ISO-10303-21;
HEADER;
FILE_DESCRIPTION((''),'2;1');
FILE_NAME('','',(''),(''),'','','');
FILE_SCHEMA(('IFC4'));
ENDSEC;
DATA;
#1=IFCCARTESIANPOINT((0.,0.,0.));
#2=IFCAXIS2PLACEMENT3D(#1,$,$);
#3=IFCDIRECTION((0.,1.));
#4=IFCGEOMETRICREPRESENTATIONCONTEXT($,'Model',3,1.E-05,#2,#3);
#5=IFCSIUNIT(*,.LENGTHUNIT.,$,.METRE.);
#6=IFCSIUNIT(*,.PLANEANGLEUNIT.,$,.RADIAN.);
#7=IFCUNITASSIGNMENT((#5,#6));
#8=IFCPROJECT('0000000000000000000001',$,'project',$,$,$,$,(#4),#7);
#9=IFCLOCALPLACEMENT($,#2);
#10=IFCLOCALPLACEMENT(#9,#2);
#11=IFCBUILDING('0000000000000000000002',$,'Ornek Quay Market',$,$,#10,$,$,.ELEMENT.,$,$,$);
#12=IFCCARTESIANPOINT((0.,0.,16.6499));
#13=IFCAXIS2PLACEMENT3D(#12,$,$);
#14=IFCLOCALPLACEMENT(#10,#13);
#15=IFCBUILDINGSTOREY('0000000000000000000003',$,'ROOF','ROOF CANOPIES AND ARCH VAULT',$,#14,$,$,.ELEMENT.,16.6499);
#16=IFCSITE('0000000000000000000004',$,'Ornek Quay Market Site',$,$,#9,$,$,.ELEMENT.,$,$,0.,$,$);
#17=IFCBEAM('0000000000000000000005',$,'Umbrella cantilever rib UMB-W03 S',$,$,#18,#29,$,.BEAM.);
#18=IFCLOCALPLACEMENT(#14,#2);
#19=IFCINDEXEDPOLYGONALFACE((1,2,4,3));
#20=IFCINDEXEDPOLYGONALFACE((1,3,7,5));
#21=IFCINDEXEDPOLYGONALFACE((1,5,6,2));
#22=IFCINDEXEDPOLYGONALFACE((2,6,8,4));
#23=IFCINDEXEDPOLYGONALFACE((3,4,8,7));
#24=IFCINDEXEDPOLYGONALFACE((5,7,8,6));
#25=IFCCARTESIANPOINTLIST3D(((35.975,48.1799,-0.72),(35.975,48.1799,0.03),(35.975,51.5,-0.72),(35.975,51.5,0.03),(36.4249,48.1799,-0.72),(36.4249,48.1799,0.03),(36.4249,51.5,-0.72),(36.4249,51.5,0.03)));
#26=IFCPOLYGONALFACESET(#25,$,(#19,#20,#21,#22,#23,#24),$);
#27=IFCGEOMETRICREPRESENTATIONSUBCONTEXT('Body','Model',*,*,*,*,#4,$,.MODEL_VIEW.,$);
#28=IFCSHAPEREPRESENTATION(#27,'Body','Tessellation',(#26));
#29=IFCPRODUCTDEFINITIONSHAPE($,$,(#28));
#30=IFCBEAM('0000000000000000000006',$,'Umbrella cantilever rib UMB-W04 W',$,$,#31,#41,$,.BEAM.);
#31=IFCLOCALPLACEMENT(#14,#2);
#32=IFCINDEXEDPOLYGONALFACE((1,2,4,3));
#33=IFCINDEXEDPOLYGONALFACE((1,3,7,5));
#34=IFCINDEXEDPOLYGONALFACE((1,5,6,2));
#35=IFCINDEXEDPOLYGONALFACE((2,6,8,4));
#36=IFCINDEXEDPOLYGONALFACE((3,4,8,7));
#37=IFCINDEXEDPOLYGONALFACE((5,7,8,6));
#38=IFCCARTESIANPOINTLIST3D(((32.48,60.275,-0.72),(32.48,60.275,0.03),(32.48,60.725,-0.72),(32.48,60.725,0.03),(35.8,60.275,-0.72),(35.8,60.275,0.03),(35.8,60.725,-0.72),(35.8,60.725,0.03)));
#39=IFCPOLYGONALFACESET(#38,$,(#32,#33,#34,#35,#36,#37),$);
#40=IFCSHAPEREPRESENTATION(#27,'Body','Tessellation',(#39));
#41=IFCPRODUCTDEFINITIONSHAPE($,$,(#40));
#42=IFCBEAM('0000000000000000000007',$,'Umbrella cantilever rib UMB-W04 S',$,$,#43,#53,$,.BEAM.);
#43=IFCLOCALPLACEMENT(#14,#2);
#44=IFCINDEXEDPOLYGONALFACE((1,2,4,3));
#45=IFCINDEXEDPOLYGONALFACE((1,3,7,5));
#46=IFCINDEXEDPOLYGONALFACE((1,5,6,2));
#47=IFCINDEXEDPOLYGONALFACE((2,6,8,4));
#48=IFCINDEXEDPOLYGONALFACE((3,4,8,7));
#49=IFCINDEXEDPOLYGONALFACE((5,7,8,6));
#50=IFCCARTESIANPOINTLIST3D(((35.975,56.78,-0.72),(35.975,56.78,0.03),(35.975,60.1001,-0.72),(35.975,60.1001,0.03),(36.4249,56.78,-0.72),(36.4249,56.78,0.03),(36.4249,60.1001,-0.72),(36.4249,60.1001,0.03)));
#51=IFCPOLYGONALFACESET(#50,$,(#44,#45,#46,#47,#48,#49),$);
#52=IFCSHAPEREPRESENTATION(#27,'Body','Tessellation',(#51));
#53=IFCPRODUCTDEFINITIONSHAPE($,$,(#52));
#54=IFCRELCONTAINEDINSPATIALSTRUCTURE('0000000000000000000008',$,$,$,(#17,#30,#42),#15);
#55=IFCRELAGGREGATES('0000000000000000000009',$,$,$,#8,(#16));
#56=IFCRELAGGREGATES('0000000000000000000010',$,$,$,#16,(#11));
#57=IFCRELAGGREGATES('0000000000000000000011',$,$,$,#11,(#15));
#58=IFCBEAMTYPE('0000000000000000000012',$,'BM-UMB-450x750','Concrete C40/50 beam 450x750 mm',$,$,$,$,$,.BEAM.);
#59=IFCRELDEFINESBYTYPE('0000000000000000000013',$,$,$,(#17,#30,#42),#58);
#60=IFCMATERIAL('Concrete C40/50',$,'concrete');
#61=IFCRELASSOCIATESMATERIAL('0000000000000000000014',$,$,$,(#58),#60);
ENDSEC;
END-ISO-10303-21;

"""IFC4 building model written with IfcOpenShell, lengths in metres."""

from ifc_helpers import new_model, si_unit, direction, frame, origin, origin_2d, place, context, subcontext, project, spatial, rectangle, extrude, material, material_profile, profile_set, type_object, element, save


model = new_model("IFC4")

# Units and contexts
model_context = context("Model", 3, precision=1e-05, world=origin(), true_north=direction((0.0, 1.0)))
body_context = subcontext(model_context, "Body", "Model", "MODEL_VIEW")
ifc_project = project(units=[si_unit("LENGTHUNIT", "METRE"), si_unit("PLANEANGLEUNIT", "RADIAN")], contexts=[model_context])

# Site, building, storey
site_placement = place(None, origin())
site = spatial("IfcSite", under=ifc_project, at=site_placement, Name="Ornek Quay Market Site", CompositionType="ELEMENT", RefElevation=0.0)
building_placement = place(site_placement, origin())
building = spatial("IfcBuilding", under=site, at=building_placement, Name="Ornek Quay Market", CompositionType="ELEMENT")
storey_placement = place(building_placement, frame((0.0, 0.0, 16.6499)))
storey = spatial("IfcBuildingStorey", under=building, at=storey_placement, Name="ROOF", Description="ROOF CANOPIES AND ARCH VAULT", CompositionType="ELEMENT", Elevation=16.6499)

# Beams
ifc_material = material(Name="Concrete C40/50", Category="concrete")
ifc_material_profile_1 = material_profile(ifc_material, rectangle(XDim=0.45, YDim=0.75, at=origin_2d()), Name="RC 450x750", Category="concrete")
ifc_profile_set_1 = profile_set([ifc_material_profile_1], Name="Concrete C40/50")
beam_type_1 = type_object("IfcBeamType", Name="BM-UMB-450x750", Description="Concrete C40/50 beam 450x750 mm", PredefinedType="BEAM", material=ifc_profile_set_1)
for number, where, z_axis, x_axis, name in (
    (1, (36.2, 51.5, -0.345), (0.0, -1.0, 0.0), (1.0, 0.0, 0.0), "Umbrella cantilever rib UMB-W03 S"),
    (2, (35.8, 60.5, -0.345), (-1.0, 0.0, 0.0), (0.0, -1.0, 0.0), "Umbrella cantilever rib UMB-W04 W"),
    (3, (36.2, 60.1001, -0.345), (0.0, -1.0, 0.0), (1.0, 0.0, 0.0), "Umbrella cantilever rib UMB-W04 S"),
):
    element("IfcBeam", number, at=place(storey_placement, frame(where, z_axis=z_axis, x_axis=x_axis)), inside=storey, type_object=beam_type_1, Name=name, PredefinedType="BEAM", context=body_context, shape_type="SweptSolid", body=[
        extrude(rectangle(XDim=0.45, YDim=0.75, at=origin_2d()), origin(), (0.0, 0.0, 1.0), 3.3201),
    ])

save(model, "model.ifc")
